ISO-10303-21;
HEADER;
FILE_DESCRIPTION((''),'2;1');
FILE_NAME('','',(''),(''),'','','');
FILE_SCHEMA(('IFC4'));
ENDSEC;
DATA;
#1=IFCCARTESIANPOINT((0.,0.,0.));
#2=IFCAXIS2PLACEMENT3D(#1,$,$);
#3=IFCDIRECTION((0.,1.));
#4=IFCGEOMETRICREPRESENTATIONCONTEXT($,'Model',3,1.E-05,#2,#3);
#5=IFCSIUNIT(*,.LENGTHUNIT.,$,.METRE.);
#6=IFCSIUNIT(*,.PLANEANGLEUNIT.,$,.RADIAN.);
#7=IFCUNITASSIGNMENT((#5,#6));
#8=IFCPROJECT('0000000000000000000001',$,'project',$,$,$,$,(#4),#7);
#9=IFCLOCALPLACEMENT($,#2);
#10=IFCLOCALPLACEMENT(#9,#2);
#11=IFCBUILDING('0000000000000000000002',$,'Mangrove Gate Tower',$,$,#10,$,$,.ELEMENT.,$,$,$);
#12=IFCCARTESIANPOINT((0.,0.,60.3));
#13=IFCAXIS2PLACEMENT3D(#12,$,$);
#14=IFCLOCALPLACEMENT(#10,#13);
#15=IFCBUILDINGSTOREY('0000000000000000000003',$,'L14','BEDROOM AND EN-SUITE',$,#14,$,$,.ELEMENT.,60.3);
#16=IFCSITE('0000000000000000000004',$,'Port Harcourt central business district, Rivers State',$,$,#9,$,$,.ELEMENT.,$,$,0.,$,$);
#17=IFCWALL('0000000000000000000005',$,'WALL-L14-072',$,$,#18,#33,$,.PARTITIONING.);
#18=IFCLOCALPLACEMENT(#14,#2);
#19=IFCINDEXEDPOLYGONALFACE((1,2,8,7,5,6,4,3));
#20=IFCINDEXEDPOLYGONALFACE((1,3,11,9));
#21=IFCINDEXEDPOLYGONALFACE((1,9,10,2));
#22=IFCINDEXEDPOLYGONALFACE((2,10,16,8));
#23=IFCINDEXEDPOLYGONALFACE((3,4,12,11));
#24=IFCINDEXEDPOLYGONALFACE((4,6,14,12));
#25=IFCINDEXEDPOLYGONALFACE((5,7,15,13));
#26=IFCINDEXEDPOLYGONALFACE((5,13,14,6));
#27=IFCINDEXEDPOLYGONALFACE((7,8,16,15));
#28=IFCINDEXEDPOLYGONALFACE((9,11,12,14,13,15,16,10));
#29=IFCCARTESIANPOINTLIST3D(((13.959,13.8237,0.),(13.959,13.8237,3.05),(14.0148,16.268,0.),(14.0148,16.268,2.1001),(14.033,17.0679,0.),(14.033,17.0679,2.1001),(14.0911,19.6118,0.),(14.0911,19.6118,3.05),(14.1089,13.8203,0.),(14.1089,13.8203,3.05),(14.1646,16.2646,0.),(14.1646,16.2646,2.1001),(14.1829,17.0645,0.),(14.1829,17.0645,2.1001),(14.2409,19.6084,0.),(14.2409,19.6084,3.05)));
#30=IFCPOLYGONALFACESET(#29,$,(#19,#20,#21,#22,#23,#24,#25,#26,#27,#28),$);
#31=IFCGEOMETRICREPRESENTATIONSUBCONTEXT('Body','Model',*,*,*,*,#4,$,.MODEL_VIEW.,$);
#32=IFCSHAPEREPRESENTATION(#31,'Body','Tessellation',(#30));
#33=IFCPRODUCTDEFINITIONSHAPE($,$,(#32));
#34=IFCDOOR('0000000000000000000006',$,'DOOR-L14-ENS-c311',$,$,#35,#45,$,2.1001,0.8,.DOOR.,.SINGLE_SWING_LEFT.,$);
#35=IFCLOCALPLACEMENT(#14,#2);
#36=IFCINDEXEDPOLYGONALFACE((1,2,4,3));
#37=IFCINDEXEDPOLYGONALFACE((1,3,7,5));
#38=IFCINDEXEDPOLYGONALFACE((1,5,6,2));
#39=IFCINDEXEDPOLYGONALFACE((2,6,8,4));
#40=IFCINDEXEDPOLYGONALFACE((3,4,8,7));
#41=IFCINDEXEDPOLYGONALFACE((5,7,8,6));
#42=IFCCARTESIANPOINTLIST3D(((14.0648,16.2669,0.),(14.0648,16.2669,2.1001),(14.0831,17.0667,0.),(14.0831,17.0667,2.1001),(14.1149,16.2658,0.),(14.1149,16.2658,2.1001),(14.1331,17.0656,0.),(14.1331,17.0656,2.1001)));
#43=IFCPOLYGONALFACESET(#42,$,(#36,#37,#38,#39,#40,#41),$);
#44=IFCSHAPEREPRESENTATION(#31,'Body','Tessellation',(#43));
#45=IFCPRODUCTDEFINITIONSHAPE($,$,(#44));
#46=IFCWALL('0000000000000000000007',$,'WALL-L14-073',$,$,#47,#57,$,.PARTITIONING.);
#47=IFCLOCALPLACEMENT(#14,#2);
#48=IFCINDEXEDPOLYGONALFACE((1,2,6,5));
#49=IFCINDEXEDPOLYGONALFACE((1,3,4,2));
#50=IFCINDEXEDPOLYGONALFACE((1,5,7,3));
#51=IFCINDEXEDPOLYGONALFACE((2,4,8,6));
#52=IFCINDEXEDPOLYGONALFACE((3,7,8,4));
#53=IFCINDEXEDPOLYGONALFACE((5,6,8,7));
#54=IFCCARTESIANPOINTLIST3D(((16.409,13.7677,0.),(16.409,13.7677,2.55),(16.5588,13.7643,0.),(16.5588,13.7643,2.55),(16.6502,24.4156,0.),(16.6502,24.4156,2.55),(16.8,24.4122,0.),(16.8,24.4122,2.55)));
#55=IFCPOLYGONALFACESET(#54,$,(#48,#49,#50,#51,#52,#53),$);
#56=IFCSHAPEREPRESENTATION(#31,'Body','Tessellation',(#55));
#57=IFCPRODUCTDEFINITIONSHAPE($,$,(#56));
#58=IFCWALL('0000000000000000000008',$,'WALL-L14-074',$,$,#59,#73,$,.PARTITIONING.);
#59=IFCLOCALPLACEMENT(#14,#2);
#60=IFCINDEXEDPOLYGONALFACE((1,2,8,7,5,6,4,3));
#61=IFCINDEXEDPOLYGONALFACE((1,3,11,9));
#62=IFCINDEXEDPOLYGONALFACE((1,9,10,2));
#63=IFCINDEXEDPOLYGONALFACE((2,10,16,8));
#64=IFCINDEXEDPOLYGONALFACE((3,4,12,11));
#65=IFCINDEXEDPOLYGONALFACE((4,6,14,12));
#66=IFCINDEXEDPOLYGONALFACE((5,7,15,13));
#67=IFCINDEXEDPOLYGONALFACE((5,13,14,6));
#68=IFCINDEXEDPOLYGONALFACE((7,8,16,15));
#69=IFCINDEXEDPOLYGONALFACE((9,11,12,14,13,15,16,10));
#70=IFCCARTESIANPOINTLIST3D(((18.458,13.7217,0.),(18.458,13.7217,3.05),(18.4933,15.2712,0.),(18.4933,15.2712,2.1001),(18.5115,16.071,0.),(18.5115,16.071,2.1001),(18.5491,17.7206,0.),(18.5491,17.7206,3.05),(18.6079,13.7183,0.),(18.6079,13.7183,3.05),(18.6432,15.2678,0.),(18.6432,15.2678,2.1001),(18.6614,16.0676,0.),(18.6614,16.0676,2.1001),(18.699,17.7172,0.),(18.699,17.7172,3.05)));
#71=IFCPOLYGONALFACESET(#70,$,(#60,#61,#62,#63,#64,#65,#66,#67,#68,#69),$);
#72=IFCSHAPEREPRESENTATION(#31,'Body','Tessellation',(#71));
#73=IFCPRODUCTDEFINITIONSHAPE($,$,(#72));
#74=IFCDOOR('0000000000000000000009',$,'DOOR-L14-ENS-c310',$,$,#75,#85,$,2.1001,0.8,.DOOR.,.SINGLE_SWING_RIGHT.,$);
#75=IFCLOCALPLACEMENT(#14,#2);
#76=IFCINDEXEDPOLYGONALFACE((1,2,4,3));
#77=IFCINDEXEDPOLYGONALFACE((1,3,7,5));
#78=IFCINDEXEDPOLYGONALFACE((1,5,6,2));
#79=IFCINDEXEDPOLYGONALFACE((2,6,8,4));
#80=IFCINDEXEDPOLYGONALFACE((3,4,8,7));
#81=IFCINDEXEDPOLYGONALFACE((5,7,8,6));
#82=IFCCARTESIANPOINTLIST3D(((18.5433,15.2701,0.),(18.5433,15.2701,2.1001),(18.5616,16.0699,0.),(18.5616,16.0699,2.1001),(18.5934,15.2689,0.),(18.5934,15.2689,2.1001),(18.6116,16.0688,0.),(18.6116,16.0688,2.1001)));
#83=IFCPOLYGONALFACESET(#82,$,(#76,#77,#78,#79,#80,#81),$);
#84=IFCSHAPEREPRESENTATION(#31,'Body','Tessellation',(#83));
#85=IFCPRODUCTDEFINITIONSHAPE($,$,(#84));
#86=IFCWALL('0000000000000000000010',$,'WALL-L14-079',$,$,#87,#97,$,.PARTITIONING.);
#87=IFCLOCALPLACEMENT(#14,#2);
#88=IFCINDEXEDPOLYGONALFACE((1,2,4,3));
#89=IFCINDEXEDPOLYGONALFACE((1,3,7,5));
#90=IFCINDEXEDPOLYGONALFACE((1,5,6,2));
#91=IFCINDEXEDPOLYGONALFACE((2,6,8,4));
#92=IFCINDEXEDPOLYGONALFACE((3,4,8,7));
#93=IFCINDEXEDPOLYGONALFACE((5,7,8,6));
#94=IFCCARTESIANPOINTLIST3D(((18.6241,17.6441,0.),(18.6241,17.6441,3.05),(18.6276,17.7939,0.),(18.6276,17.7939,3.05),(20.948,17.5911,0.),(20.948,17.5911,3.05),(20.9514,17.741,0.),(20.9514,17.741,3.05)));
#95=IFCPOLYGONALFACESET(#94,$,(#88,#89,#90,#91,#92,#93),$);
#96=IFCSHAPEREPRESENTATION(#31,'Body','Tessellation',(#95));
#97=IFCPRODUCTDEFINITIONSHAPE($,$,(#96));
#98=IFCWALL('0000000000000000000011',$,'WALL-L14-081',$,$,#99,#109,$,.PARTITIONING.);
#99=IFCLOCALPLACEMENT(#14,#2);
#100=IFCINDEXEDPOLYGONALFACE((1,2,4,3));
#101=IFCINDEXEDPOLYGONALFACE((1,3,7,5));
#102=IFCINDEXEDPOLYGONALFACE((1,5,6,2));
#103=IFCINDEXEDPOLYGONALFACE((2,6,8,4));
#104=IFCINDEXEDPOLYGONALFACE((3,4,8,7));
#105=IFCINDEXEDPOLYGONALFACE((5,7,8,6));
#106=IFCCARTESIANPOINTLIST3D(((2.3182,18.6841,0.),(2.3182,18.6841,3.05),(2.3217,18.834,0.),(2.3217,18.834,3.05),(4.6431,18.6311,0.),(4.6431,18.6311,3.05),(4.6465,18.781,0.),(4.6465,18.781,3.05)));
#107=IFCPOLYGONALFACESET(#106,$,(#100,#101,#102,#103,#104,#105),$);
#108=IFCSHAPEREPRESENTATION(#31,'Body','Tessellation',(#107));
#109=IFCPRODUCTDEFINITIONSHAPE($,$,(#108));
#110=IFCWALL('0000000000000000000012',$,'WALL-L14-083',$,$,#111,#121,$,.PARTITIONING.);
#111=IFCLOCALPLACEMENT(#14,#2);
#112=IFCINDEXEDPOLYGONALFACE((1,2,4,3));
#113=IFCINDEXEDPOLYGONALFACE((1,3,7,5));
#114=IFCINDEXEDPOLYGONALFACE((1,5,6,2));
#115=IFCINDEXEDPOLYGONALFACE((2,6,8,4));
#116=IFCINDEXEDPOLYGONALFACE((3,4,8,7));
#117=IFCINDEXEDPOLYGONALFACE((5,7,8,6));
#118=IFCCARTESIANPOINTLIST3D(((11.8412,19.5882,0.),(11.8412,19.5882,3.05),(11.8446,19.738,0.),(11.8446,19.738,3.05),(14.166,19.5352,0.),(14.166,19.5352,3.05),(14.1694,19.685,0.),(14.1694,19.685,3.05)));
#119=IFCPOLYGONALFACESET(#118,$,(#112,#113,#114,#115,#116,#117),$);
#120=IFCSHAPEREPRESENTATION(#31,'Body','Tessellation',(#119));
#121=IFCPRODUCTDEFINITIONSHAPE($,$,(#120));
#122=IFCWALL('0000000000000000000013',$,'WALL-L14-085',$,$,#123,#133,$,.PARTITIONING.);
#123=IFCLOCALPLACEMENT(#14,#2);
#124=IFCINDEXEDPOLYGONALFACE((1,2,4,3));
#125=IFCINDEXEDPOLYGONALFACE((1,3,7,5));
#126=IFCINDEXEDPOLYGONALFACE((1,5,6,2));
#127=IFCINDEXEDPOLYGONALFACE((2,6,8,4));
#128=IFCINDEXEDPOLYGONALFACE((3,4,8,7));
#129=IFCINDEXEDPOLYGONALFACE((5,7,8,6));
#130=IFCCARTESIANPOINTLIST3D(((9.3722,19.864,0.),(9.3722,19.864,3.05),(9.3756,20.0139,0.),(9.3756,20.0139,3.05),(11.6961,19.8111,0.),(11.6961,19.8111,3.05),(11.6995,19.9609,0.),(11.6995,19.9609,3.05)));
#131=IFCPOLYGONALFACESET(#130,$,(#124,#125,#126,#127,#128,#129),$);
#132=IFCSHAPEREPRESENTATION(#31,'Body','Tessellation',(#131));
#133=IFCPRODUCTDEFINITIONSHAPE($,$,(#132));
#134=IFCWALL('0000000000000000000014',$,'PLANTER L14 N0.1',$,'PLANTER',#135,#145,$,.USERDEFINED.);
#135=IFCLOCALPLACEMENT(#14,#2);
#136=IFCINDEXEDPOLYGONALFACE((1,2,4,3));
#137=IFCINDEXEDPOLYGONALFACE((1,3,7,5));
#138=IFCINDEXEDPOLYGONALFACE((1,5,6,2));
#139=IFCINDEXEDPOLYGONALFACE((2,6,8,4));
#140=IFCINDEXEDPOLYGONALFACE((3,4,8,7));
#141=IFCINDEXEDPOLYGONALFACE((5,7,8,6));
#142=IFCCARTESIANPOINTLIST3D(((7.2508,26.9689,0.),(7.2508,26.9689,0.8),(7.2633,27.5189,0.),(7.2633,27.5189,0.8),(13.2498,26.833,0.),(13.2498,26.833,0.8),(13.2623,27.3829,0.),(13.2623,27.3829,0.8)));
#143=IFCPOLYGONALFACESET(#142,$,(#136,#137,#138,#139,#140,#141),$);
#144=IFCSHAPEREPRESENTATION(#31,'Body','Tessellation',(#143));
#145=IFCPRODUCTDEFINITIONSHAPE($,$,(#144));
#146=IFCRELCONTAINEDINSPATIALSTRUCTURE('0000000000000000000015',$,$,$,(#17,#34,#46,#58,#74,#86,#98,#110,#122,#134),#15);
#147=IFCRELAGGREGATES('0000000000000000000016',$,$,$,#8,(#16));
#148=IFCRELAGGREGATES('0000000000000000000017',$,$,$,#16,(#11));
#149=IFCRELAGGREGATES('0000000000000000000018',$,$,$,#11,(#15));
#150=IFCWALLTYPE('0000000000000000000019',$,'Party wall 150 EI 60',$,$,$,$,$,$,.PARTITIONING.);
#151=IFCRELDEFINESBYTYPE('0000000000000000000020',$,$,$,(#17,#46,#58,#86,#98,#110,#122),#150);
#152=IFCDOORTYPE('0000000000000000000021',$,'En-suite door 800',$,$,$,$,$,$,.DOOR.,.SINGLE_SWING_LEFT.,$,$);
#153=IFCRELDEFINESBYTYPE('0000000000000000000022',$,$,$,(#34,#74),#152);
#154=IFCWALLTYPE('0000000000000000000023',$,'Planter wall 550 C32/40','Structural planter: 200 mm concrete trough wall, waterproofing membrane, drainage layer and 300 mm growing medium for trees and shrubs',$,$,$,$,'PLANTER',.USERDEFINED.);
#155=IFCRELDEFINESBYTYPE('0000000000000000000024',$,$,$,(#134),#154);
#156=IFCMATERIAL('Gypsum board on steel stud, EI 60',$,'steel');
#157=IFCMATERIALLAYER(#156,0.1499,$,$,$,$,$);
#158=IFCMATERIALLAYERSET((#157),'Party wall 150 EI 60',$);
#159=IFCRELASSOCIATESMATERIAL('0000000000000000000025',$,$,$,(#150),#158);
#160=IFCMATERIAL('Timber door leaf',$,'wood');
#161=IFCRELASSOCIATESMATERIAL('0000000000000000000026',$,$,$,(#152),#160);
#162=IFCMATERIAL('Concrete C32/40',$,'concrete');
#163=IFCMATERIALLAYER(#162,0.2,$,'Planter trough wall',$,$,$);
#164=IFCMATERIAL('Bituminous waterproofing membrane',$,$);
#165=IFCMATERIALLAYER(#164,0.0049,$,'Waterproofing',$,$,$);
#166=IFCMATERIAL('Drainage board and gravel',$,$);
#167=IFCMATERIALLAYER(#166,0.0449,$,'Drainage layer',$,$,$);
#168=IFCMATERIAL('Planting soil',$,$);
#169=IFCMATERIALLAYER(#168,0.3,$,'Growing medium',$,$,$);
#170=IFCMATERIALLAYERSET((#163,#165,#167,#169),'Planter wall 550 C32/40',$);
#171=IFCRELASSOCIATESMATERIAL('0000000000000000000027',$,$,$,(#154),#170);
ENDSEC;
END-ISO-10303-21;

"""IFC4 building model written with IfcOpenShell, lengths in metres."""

from ifc_helpers import new_model, si_unit, direction, frame, frame_2d, origin, place, context, subcontext, project, spatial, rectangle, extrude, material, layer, layer_set, type_object, element, fill, save


model = new_model("IFC4")

# Units and contexts
model_context = context("Model", 3, precision=1e-05, world=origin(), true_north=direction((0.0, 1.0)))
body_context = subcontext(model_context, "Body", "Model", "MODEL_VIEW")
ifc_project = project(units=[si_unit("LENGTHUNIT", "METRE"), si_unit("PLANEANGLEUNIT", "RADIAN")], contexts=[model_context])

# Site, building, storey
site_placement = place(None, origin())
site = spatial("IfcSite", under=ifc_project, at=site_placement, Name="Port Harcourt central business district, Rivers State", CompositionType="ELEMENT", RefElevation=0.0)
building_placement = place(site_placement, origin())
building = spatial("IfcBuilding", under=site, at=building_placement, Name="Mangrove Gate Tower", CompositionType="ELEMENT")
storey_placement = place(building_placement, frame((0.0, 0.0, 60.3)))
storey = spatial("IfcBuildingStorey", under=building, at=storey_placement, Name="L14", Description="BEDROOM AND EN-SUITE", CompositionType="ELEMENT", Elevation=60.3)

# Shared definitions
ifc_material_1 = material(Name="Gypsum board on steel stud, EI 60", Category="steel")
ifc_layer_1 = layer(ifc_material_1, 0.1499)
ifc_layer_set_1 = layer_set([ifc_layer_1], Name="Party wall 150 EI 60")
wall_type_1 = type_object("IfcWallType", Name="Party wall 150 EI 60", PredefinedType="PARTITIONING", material=ifc_layer_set_1)

# Shared definitions
ifc_material_2 = material(Name="Timber door leaf", Category="wood")
door_type = type_object("IfcDoorType", Name="En-suite door 800", OperationType="SINGLE_SWING_LEFT", PredefinedType="DOOR", material=ifc_material_2)

# Wall, opening, door
wall_1_placement = place(storey_placement, frame((14.0339, 13.822, 0.0), z_axis=(0.0, 0.0, 1.0), x_axis=(0.022813, 0.99974, 0.0)))
wall_1 = element("IfcWall", 1, at=wall_1_placement, inside=storey, type_object=wall_type_1, Name="WALL-L14-072", PredefinedType="PARTITIONING", context=body_context, shape_type="SweptSolid", body=[
    extrude(rectangle(XDim=5.7896, YDim=0.1499, at=frame_2d((2.8948, 0.0))), origin(), (0.0, 0.0, 1.0), 3.05),
])
opening_1_placement = place(wall_1_placement, frame((2.4451, 0.0, 0.0)))
opening_1 = element("IfcOpeningElement", 2, at=opening_1_placement, cuts=wall_1, PredefinedType="OPENING", context=body_context, shape_type="SweptSolid", body=[
    extrude(rectangle(XDim=0.8, YDim=2.1001, at=frame_2d((0.3999, 1.05))), frame((0.0, 0.085, 0.0), z_axis=(0.0, -1.0, 0.0), x_axis=(1.0, 0.0, 0.0)), (0.0, 0.0, 1.0), 0.1699),
])
door_1_placement = place(opening_1_placement, origin())
door_1 = element("IfcDoor", 3, at=door_1_placement, inside=storey, type_object=door_type, Name="DOOR-L14-ENS-c311", OperationType="SINGLE_SWING_LEFT", OverallHeight=2.1001, OverallWidth=0.8, PredefinedType="DOOR", context=body_context, shape_type="SweptSolid", body=[
    extrude(rectangle(XDim=0.8, YDim=2.1001, at=frame_2d((0.3999, 1.05))), frame((0.0, 0.0249, 0.0), z_axis=(0.0, -1.0, 0.0), x_axis=(1.0, 0.0, 0.0)), (0.0, 0.0, 1.0), 0.05),
])
fill(opening_1, door_1)

# Wall
wall_2_placement = place(storey_placement, frame((16.4839, 13.7661, 0.0), z_axis=(0.0, 0.0, 1.0), x_axis=(0.022647, 0.999744, 0.0)))
element("IfcWall", 4, at=wall_2_placement, inside=storey, type_object=wall_type_1, Name="WALL-L14-073", PredefinedType="PARTITIONING", context=body_context, shape_type="SweptSolid", body=[
    extrude(rectangle(XDim=10.6506, YDim=0.1499, at=frame_2d((5.3252, 0.0))), origin(), (0.0, 0.0, 1.0), 2.55),
])

# Wall, opening, door
wall_3_placement = place(storey_placement, frame((18.533, 13.72, 0.0), z_axis=(0.0, 0.0, 1.0), x_axis=(0.022766, 0.999741, 0.0)))
wall_3 = element("IfcWall", 5, at=wall_3_placement, inside=storey, type_object=wall_type_1, Name="WALL-L14-074", PredefinedType="PARTITIONING", context=body_context, shape_type="SweptSolid", body=[
    extrude(rectangle(XDim=4.0, YDim=0.1499, at=frame_2d((2.0, 0.0))), origin(), (0.0, 0.0, 1.0), 3.05),
])
opening_2_placement = place(wall_3_placement, frame((1.55, 0.0, 0.0)))
opening_2 = element("IfcOpeningElement", 6, at=opening_2_placement, cuts=wall_3, PredefinedType="OPENING", context=body_context, shape_type="SweptSolid", body=[
    extrude(rectangle(XDim=0.8, YDim=2.1001, at=frame_2d((0.3999, 1.05))), frame((0.0, 0.085, 0.0), z_axis=(0.0, -1.0, 0.0), x_axis=(1.0, 0.0, 0.0)), (0.0, 0.0, 1.0), 0.1699),
])
door_2_placement = place(opening_2_placement, origin())
door_2 = element("IfcDoor", 7, at=door_2_placement, inside=storey, type_object=door_type, Name="DOOR-L14-ENS-c310", OperationType="SINGLE_SWING_RIGHT", OverallHeight=2.1001, OverallWidth=0.8, PredefinedType="DOOR", context=body_context, shape_type="SweptSolid", body=[
    extrude(rectangle(XDim=0.8, YDim=2.1001, at=frame_2d((0.3999, 1.05))), frame((0.0, 0.0249, 0.0), z_axis=(0.0, -1.0, 0.0), x_axis=(1.0, 0.0, 0.0)), (0.0, 0.0, 1.0), 0.05),
])
fill(opening_2, door_2)

# Walls
wall_4_placement = place(storey_placement, frame((18.626, 17.719, 0.0), z_axis=(0.0, 0.0, 1.0), x_axis=(0.99974, -0.022791, 0.0)))
element("IfcWall", 8, at=wall_4_placement, inside=storey, type_object=wall_type_1, Name="WALL-L14-079", PredefinedType="PARTITIONING", context=body_context, shape_type="SweptSolid", body=[
    extrude(rectangle(XDim=2.3245, YDim=0.1499, at=frame_2d((1.1621, 0.0))), origin(), (0.0, 0.0, 1.0), 3.05),
])
for number, where, z_axis, x_axis, name in (
    (9, (2.3201, 18.759, 0.0), (0.0, 0.0, 1.0), (0.99974, -0.022781, 0.0), "WALL-L14-081"),
    (10, (11.843, 19.6631, 0.0), (0.0, 0.0, 1.0), (0.99974, -0.022781, 0.0), "WALL-L14-083"),
):
    element("IfcWall", number, at=place(storey_placement, frame(where, z_axis=z_axis, x_axis=x_axis)), inside=storey, type_object=wall_type_1, Name=name, PredefinedType="PARTITIONING", context=body_context, shape_type="SweptSolid", body=[
        extrude(rectangle(XDim=2.3254, YDim=0.1499, at=frame_2d((1.1626, 0.0))), origin(), (0.0, 0.0, 1.0), 3.05),
    ])
wall_5_placement = place(storey_placement, frame((9.374, 19.939, 0.0), z_axis=(0.0, 0.0, 1.0), x_axis=(0.99974, -0.022791, 0.0)))
element("IfcWall", 11, at=wall_5_placement, inside=storey, type_object=wall_type_1, Name="WALL-L14-085", PredefinedType="PARTITIONING", context=body_context, shape_type="SweptSolid", body=[
    extrude(rectangle(XDim=2.3245, YDim=0.1499, at=frame_2d((1.1621, 0.0))), origin(), (0.0, 0.0, 1.0), 3.05),
])
ifc_material_3 = material(Name="Concrete C32/40", Category="concrete")
ifc_layer_2 = layer(ifc_material_3, 0.2, Name="Planter trough wall")
ifc_material_4 = material(Name="Bituminous waterproofing membrane")
ifc_layer_3 = layer(ifc_material_4, 0.0049, Name="Waterproofing")
ifc_material_5 = material(Name="Drainage board and gravel")
ifc_layer_4 = layer(ifc_material_5, 0.0449, Name="Drainage layer")
ifc_material_6 = material(Name="Planting soil")
ifc_layer_5 = layer(ifc_material_6, 0.3, Name="Growing medium")
ifc_layer_set_2 = layer_set([ifc_layer_2, ifc_layer_3, ifc_layer_4, ifc_layer_5], Name="Planter wall 550 C32/40")
wall_type_2 = type_object("IfcWallType", Name="Planter wall 550 C32/40", Description="Structural planter: 200 mm concrete trough wall, waterproofing membrane, drainage layer and 300 mm growing medium for trees and shrubs", ElementType="PLANTER", PredefinedType="USERDEFINED", material=ifc_layer_set_2)
wall_6_placement = place(storey_placement, frame((7.2571, 27.2439, 0.0), z_axis=(0.0, 0.0, 1.0), x_axis=(0.999743, -0.022662, 0.0)))
element("IfcWall", 12, at=wall_6_placement, inside=storey, type_object=wall_type_2, Name="PLANTER L14 N0.1", ObjectType="PLANTER", PredefinedType="USERDEFINED", context=body_context, shape_type="SweptSolid", body=[
    extrude(rectangle(XDim=6.0005, YDim=0.55, at=frame_2d((3.0002, 0.0))), origin(), (0.0, 0.0, 1.0), 0.8),
])

save(model, "model.ifc")
